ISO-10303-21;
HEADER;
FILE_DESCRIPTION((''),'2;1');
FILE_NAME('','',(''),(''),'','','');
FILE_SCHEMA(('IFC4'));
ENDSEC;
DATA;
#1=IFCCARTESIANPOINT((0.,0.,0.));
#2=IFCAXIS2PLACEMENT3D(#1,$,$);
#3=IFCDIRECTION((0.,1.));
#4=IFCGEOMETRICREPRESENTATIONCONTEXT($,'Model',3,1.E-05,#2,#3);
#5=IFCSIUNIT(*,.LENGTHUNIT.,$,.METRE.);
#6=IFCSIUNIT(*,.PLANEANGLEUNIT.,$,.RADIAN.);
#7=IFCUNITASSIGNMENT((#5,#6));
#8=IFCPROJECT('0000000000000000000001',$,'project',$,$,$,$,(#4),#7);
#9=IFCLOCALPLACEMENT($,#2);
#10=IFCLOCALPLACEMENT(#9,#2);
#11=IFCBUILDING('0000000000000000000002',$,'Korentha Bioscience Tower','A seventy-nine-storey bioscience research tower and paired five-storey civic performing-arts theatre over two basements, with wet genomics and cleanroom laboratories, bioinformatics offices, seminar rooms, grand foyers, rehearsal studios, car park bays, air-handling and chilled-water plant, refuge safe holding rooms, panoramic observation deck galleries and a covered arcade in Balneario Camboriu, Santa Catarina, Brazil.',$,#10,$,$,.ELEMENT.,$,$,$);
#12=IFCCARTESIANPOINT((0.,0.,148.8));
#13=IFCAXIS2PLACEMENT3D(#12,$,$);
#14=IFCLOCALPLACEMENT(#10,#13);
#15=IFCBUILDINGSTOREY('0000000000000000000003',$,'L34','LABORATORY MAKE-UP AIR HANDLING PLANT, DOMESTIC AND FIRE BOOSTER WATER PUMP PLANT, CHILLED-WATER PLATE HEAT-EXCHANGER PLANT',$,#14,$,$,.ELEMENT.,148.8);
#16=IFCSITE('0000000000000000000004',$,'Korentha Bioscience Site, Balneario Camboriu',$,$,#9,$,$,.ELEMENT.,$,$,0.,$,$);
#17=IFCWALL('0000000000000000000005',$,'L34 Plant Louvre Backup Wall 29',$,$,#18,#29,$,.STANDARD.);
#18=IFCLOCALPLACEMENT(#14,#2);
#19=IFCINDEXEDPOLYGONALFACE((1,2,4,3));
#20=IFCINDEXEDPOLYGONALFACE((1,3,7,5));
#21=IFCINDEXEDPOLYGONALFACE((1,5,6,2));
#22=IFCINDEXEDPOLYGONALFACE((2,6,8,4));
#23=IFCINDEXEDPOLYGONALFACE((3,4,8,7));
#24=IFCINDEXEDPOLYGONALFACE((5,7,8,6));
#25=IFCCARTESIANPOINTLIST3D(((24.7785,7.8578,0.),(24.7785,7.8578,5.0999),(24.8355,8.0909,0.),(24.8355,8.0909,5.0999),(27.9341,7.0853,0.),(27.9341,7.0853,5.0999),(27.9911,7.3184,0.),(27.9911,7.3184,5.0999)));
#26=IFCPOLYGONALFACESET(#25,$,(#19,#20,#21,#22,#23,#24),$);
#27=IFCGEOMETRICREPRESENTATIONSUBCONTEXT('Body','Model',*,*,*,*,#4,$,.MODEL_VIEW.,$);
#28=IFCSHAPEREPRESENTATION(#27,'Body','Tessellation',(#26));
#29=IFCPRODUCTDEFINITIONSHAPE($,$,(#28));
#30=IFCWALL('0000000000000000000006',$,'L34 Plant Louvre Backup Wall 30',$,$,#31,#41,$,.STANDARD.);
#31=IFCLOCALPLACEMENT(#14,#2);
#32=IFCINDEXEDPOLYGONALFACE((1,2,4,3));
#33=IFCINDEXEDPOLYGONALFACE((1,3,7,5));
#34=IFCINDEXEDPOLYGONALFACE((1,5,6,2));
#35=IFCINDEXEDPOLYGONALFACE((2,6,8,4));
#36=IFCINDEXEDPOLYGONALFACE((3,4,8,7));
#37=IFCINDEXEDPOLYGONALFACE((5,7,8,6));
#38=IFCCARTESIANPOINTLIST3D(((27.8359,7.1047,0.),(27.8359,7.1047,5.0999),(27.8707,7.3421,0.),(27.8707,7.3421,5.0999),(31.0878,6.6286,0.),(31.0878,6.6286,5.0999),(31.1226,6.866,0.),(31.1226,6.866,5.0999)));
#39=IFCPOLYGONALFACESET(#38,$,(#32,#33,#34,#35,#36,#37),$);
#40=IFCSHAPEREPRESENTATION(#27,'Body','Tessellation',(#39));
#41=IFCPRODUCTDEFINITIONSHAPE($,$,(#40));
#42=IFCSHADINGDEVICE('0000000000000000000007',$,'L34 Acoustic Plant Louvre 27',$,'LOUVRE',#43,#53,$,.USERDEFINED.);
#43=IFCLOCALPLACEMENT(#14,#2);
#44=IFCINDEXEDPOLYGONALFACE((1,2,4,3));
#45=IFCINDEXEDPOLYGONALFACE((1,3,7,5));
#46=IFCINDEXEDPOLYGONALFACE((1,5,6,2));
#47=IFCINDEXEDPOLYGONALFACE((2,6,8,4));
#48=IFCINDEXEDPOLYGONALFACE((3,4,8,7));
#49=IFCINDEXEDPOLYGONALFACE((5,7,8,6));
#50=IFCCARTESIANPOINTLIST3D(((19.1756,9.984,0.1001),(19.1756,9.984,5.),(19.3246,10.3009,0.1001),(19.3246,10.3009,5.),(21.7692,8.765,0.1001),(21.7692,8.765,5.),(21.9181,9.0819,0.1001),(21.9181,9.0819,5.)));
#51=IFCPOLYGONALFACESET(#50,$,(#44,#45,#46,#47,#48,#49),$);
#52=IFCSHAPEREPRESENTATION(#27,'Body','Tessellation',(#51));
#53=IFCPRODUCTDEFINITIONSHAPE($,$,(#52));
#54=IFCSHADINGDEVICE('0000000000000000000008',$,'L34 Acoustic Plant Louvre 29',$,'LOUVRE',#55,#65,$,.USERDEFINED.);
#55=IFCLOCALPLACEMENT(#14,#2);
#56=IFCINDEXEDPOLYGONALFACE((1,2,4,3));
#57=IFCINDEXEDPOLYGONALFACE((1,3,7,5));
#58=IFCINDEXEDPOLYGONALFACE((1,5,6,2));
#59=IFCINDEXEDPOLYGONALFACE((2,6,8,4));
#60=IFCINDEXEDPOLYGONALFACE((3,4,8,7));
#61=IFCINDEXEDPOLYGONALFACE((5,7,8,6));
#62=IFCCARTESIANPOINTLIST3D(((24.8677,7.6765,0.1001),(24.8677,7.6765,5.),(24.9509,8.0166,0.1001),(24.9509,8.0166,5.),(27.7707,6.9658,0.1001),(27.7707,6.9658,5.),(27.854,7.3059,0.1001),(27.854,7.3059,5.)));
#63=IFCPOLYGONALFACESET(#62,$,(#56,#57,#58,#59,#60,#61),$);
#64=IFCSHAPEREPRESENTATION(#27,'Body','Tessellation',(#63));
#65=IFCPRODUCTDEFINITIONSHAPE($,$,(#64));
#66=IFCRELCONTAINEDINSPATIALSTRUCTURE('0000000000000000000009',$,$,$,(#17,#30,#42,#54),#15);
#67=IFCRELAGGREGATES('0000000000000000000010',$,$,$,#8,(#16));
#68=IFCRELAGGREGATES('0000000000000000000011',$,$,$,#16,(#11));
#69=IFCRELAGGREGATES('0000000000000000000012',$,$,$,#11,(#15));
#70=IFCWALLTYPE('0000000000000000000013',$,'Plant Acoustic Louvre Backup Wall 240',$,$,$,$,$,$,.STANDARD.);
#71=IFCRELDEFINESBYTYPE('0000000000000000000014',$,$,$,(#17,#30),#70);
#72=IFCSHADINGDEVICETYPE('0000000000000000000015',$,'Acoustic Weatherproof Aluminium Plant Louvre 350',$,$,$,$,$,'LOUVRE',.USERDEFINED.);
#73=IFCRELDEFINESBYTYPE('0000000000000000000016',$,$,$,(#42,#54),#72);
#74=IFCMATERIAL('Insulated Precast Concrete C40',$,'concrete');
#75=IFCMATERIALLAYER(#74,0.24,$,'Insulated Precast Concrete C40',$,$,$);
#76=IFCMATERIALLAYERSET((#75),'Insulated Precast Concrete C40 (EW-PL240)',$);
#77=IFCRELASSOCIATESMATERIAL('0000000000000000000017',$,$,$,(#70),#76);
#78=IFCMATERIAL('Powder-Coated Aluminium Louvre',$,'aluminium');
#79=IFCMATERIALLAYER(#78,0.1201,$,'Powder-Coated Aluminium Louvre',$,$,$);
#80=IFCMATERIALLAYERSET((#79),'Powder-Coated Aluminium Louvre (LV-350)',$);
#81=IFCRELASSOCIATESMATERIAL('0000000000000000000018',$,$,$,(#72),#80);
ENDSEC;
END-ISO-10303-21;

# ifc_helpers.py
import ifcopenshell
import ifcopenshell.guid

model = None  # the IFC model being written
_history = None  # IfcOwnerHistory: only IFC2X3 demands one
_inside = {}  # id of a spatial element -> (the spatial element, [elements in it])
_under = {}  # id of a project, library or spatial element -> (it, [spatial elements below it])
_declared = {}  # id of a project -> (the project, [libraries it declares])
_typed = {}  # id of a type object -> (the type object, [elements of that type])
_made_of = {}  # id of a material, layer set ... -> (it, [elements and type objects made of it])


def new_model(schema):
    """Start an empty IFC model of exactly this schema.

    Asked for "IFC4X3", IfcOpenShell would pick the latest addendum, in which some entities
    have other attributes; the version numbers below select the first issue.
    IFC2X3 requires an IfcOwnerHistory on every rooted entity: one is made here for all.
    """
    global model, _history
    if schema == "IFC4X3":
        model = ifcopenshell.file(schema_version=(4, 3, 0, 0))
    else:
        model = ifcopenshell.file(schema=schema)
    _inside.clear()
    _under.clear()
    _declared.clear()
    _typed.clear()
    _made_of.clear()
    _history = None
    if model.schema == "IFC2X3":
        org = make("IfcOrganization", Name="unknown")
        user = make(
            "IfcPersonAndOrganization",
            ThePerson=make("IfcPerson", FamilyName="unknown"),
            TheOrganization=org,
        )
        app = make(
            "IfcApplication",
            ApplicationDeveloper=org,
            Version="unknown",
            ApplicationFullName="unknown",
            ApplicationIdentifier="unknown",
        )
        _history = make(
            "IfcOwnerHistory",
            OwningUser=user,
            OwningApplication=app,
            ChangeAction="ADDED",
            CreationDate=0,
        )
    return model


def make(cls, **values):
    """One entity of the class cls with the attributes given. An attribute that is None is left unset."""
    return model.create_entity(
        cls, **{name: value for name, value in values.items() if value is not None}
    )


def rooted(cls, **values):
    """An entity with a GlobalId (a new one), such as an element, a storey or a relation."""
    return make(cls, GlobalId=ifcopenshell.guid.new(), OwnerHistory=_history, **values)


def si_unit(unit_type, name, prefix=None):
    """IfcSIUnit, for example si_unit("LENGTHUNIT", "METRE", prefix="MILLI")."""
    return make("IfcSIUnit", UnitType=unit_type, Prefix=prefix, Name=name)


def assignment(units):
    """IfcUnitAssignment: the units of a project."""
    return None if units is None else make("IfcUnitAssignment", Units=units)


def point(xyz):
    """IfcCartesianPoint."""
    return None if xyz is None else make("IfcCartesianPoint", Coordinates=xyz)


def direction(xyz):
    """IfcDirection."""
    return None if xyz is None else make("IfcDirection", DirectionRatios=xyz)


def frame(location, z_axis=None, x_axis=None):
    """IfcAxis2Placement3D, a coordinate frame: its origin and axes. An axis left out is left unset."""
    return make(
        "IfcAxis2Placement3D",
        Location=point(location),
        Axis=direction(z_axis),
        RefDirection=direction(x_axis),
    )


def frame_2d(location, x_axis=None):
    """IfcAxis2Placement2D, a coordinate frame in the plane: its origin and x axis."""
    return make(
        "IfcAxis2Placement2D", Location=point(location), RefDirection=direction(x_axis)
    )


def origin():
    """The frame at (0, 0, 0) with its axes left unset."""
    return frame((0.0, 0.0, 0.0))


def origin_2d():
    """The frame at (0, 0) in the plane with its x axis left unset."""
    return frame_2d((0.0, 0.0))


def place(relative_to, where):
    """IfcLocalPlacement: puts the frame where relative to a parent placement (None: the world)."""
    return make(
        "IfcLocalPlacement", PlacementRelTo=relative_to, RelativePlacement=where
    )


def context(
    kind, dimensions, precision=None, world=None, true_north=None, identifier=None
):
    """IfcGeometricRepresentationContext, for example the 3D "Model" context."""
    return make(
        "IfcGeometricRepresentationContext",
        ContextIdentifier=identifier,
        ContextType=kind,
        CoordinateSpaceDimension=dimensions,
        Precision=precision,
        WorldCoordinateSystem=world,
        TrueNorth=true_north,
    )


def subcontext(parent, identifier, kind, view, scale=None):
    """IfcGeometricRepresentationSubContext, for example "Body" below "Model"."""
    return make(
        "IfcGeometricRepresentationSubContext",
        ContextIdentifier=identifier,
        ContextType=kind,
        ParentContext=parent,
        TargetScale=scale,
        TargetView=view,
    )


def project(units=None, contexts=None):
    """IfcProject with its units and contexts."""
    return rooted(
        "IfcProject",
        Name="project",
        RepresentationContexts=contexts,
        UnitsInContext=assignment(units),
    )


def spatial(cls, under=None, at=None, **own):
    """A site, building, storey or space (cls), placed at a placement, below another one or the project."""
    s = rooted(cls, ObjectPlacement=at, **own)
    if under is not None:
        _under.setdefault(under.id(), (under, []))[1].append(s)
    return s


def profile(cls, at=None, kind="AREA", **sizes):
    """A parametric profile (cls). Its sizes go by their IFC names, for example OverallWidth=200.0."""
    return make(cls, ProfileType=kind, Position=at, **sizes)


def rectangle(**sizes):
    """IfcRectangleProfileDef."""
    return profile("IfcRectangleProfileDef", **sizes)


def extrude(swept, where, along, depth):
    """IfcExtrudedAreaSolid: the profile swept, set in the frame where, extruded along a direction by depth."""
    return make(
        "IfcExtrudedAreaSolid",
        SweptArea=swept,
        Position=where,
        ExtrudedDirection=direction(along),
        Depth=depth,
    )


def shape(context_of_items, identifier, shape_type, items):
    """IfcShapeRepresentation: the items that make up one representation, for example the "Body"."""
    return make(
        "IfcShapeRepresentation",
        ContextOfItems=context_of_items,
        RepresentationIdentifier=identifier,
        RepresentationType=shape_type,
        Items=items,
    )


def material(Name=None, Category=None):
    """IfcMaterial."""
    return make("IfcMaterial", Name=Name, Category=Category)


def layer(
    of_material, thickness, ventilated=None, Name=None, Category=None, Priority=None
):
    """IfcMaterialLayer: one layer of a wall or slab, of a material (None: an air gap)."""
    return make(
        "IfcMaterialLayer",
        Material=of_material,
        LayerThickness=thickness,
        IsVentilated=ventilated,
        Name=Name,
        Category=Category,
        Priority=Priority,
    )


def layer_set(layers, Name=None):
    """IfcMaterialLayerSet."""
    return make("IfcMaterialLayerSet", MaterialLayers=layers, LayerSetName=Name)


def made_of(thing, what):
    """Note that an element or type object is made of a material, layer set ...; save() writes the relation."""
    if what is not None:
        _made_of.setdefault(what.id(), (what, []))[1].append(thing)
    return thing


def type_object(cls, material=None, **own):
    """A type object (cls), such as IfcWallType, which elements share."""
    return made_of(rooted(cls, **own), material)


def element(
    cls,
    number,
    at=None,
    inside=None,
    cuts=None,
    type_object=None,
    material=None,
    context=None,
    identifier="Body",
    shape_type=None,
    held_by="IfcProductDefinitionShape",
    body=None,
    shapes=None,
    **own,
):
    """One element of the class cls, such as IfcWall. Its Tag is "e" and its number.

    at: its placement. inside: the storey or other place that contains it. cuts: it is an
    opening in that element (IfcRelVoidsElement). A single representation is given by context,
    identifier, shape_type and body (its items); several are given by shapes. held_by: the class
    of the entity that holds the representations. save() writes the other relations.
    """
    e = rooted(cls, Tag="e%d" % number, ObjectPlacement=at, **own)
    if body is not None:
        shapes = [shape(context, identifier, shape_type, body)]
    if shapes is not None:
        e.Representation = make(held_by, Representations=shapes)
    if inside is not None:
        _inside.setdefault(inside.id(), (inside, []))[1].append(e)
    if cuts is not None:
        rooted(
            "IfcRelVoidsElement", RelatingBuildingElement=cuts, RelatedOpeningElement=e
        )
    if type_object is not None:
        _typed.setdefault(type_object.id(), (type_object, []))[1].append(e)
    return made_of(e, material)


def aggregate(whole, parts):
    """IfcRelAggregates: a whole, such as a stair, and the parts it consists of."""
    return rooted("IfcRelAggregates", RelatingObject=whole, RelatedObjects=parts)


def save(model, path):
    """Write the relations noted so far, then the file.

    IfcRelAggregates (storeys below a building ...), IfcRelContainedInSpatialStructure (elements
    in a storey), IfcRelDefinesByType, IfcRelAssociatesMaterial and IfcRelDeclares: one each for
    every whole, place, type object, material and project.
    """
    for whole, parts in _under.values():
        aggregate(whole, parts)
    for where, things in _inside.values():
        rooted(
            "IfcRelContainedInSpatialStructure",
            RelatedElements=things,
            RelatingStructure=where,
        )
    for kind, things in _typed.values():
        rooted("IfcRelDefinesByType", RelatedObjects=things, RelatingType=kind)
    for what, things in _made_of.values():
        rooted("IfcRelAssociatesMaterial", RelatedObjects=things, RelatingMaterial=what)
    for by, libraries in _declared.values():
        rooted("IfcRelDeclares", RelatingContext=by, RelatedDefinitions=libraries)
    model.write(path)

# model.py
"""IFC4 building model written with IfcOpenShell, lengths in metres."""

from ifc_helpers import new_model, si_unit, direction, frame, frame_2d, origin, origin_2d, place, context, subcontext, project, spatial, rectangle, extrude, material, layer, layer_set, type_object, element, save


model = new_model("IFC4")

# Units and contexts
model_context = context("Model", 3, precision=1e-05, world=origin(), true_north=direction((0.0, 1.0)))
body_context = subcontext(model_context, "Body", "Model", "MODEL_VIEW")
ifc_project = project(units=[si_unit("LENGTHUNIT", "METRE"), si_unit("PLANEANGLEUNIT", "RADIAN")], contexts=[model_context])

# Site, building, storey
site_placement = place(None, origin())
site = spatial("IfcSite", under=ifc_project, at=site_placement, Name="Korentha Bioscience Site, Balneario Camboriu", CompositionType="ELEMENT", RefElevation=0.0)
building_placement = place(site_placement, origin())
building = spatial("IfcBuilding", under=site, at=building_placement, Name="Korentha Bioscience Tower", Description="A seventy-nine-storey bioscience research tower and paired five-storey civic performing-arts theatre over two basements, with wet genomics and cleanroom laboratories, bioinformatics offices, seminar rooms, grand foyers, rehearsal studios, car park bays, air-handling and chilled-water plant, refuge safe holding rooms, panoramic observation deck galleries and a covered arcade in Balneario Camboriu, Santa Catarina, Brazil.", CompositionType="ELEMENT")
storey_placement = place(building_placement, frame((0.0, 0.0, 148.8)))
storey = spatial("IfcBuildingStorey", under=building, at=storey_placement, Name="L34", Description="LABORATORY MAKE-UP AIR HANDLING PLANT, DOMESTIC AND FIRE BOOSTER WATER PUMP PLANT, CHILLED-WATER PLATE HEAT-EXCHANGER PLANT", CompositionType="ELEMENT", Elevation=148.8)

# Walls
ifc_material_1 = material(Name="Insulated Precast Concrete C40", Category="concrete")
ifc_layer_1 = layer(ifc_material_1, 0.24, Name="Insulated Precast Concrete C40")
ifc_layer_set_1 = layer_set([ifc_layer_1], Name="Insulated Precast Concrete C40 (EW-PL240)")
wall_type_1 = type_object("IfcWallType", Name="Plant Acoustic Louvre Backup Wall 240", PredefinedType="STANDARD", material=ifc_layer_set_1)
wall_1_placement = place(storey_placement, frame((24.8069, 7.9744, 0.0), z_axis=(0.0, 0.0, 1.0), x_axis=(0.97132, -0.237776, 0.0)))
element("IfcWall", 1, at=wall_1_placement, inside=storey, type_object=wall_type_1, Name="L34 Plant Louvre Backup Wall 29", PredefinedType="STANDARD", context=body_context, shape_type="SweptSolid", body=[
    extrude(rectangle(XDim=3.2488, YDim=0.24, at=frame_2d((1.6245, 0.0))), origin(), (0.0, 0.0, 1.0), 5.0999),
])
wall_2_placement = place(storey_placement, frame((27.8533, 7.2234, 0.0), z_axis=(0.0, 0.0, 1.0), x_axis=(0.989453, -0.144852, 0.0)))
element("IfcWall", 2, at=wall_2_placement, inside=storey, type_object=wall_type_1, Name="L34 Plant Louvre Backup Wall 30", PredefinedType="STANDARD", context=body_context, shape_type="SweptSolid", body=[
    extrude(rectangle(XDim=3.2866, YDim=0.24, at=frame_2d((1.6433, 0.0))), origin(), (0.0, 0.0, 1.0), 5.0999),
])

# Shading devices
ifc_material_2 = material(Name="Powder-Coated Aluminium Louvre", Category="aluminium")
ifc_layer_2 = layer(ifc_material_2, 0.1201, Name="Powder-Coated Aluminium Louvre")
ifc_layer_set_2 = layer_set([ifc_layer_2], Name="Powder-Coated Aluminium Louvre (LV-350)")
shading_device_type = type_object("IfcShadingDeviceType", Name="Acoustic Weatherproof Aluminium Plant Louvre 350", ElementType="LOUVRE", PredefinedType="USERDEFINED", material=ifc_layer_set_2)
shading_device_1_placement = place(storey_placement, frame((20.5469, 9.533, 0.1001), z_axis=(0.0, 0.0, 1.0), x_axis=(0.905017, -0.425375, 0.0)))
element("IfcShadingDevice", 3, at=shading_device_1_placement, inside=storey, type_object=shading_device_type, Name="L34 Acoustic Plant Louvre 27", ObjectType="LOUVRE", PredefinedType="USERDEFINED", context=body_context, shape_type="SweptSolid", body=[
    extrude(rectangle(XDim=2.8657, YDim=0.3501, at=origin_2d()), origin(), (0.0, 0.0, 1.0), 4.8999),
])
shading_device_2_placement = place(storey_placement, frame((26.3608, 7.4912, 0.1001), z_axis=(0.0, 0.0, 1.0), x_axis=(0.971319, -0.23778, 0.0)))
element("IfcShadingDevice", 4, at=shading_device_2_placement, inside=storey, type_object=shading_device_type, Name="L34 Acoustic Plant Louvre 29", ObjectType="LOUVRE", PredefinedType="USERDEFINED", context=body_context, shape_type="SweptSolid", body=[
    extrude(rectangle(XDim=2.9888, YDim=0.3501, at=origin_2d()), origin(), (0.0, 0.0, 1.0), 4.8999),
])

save(model, "model.ifc")
